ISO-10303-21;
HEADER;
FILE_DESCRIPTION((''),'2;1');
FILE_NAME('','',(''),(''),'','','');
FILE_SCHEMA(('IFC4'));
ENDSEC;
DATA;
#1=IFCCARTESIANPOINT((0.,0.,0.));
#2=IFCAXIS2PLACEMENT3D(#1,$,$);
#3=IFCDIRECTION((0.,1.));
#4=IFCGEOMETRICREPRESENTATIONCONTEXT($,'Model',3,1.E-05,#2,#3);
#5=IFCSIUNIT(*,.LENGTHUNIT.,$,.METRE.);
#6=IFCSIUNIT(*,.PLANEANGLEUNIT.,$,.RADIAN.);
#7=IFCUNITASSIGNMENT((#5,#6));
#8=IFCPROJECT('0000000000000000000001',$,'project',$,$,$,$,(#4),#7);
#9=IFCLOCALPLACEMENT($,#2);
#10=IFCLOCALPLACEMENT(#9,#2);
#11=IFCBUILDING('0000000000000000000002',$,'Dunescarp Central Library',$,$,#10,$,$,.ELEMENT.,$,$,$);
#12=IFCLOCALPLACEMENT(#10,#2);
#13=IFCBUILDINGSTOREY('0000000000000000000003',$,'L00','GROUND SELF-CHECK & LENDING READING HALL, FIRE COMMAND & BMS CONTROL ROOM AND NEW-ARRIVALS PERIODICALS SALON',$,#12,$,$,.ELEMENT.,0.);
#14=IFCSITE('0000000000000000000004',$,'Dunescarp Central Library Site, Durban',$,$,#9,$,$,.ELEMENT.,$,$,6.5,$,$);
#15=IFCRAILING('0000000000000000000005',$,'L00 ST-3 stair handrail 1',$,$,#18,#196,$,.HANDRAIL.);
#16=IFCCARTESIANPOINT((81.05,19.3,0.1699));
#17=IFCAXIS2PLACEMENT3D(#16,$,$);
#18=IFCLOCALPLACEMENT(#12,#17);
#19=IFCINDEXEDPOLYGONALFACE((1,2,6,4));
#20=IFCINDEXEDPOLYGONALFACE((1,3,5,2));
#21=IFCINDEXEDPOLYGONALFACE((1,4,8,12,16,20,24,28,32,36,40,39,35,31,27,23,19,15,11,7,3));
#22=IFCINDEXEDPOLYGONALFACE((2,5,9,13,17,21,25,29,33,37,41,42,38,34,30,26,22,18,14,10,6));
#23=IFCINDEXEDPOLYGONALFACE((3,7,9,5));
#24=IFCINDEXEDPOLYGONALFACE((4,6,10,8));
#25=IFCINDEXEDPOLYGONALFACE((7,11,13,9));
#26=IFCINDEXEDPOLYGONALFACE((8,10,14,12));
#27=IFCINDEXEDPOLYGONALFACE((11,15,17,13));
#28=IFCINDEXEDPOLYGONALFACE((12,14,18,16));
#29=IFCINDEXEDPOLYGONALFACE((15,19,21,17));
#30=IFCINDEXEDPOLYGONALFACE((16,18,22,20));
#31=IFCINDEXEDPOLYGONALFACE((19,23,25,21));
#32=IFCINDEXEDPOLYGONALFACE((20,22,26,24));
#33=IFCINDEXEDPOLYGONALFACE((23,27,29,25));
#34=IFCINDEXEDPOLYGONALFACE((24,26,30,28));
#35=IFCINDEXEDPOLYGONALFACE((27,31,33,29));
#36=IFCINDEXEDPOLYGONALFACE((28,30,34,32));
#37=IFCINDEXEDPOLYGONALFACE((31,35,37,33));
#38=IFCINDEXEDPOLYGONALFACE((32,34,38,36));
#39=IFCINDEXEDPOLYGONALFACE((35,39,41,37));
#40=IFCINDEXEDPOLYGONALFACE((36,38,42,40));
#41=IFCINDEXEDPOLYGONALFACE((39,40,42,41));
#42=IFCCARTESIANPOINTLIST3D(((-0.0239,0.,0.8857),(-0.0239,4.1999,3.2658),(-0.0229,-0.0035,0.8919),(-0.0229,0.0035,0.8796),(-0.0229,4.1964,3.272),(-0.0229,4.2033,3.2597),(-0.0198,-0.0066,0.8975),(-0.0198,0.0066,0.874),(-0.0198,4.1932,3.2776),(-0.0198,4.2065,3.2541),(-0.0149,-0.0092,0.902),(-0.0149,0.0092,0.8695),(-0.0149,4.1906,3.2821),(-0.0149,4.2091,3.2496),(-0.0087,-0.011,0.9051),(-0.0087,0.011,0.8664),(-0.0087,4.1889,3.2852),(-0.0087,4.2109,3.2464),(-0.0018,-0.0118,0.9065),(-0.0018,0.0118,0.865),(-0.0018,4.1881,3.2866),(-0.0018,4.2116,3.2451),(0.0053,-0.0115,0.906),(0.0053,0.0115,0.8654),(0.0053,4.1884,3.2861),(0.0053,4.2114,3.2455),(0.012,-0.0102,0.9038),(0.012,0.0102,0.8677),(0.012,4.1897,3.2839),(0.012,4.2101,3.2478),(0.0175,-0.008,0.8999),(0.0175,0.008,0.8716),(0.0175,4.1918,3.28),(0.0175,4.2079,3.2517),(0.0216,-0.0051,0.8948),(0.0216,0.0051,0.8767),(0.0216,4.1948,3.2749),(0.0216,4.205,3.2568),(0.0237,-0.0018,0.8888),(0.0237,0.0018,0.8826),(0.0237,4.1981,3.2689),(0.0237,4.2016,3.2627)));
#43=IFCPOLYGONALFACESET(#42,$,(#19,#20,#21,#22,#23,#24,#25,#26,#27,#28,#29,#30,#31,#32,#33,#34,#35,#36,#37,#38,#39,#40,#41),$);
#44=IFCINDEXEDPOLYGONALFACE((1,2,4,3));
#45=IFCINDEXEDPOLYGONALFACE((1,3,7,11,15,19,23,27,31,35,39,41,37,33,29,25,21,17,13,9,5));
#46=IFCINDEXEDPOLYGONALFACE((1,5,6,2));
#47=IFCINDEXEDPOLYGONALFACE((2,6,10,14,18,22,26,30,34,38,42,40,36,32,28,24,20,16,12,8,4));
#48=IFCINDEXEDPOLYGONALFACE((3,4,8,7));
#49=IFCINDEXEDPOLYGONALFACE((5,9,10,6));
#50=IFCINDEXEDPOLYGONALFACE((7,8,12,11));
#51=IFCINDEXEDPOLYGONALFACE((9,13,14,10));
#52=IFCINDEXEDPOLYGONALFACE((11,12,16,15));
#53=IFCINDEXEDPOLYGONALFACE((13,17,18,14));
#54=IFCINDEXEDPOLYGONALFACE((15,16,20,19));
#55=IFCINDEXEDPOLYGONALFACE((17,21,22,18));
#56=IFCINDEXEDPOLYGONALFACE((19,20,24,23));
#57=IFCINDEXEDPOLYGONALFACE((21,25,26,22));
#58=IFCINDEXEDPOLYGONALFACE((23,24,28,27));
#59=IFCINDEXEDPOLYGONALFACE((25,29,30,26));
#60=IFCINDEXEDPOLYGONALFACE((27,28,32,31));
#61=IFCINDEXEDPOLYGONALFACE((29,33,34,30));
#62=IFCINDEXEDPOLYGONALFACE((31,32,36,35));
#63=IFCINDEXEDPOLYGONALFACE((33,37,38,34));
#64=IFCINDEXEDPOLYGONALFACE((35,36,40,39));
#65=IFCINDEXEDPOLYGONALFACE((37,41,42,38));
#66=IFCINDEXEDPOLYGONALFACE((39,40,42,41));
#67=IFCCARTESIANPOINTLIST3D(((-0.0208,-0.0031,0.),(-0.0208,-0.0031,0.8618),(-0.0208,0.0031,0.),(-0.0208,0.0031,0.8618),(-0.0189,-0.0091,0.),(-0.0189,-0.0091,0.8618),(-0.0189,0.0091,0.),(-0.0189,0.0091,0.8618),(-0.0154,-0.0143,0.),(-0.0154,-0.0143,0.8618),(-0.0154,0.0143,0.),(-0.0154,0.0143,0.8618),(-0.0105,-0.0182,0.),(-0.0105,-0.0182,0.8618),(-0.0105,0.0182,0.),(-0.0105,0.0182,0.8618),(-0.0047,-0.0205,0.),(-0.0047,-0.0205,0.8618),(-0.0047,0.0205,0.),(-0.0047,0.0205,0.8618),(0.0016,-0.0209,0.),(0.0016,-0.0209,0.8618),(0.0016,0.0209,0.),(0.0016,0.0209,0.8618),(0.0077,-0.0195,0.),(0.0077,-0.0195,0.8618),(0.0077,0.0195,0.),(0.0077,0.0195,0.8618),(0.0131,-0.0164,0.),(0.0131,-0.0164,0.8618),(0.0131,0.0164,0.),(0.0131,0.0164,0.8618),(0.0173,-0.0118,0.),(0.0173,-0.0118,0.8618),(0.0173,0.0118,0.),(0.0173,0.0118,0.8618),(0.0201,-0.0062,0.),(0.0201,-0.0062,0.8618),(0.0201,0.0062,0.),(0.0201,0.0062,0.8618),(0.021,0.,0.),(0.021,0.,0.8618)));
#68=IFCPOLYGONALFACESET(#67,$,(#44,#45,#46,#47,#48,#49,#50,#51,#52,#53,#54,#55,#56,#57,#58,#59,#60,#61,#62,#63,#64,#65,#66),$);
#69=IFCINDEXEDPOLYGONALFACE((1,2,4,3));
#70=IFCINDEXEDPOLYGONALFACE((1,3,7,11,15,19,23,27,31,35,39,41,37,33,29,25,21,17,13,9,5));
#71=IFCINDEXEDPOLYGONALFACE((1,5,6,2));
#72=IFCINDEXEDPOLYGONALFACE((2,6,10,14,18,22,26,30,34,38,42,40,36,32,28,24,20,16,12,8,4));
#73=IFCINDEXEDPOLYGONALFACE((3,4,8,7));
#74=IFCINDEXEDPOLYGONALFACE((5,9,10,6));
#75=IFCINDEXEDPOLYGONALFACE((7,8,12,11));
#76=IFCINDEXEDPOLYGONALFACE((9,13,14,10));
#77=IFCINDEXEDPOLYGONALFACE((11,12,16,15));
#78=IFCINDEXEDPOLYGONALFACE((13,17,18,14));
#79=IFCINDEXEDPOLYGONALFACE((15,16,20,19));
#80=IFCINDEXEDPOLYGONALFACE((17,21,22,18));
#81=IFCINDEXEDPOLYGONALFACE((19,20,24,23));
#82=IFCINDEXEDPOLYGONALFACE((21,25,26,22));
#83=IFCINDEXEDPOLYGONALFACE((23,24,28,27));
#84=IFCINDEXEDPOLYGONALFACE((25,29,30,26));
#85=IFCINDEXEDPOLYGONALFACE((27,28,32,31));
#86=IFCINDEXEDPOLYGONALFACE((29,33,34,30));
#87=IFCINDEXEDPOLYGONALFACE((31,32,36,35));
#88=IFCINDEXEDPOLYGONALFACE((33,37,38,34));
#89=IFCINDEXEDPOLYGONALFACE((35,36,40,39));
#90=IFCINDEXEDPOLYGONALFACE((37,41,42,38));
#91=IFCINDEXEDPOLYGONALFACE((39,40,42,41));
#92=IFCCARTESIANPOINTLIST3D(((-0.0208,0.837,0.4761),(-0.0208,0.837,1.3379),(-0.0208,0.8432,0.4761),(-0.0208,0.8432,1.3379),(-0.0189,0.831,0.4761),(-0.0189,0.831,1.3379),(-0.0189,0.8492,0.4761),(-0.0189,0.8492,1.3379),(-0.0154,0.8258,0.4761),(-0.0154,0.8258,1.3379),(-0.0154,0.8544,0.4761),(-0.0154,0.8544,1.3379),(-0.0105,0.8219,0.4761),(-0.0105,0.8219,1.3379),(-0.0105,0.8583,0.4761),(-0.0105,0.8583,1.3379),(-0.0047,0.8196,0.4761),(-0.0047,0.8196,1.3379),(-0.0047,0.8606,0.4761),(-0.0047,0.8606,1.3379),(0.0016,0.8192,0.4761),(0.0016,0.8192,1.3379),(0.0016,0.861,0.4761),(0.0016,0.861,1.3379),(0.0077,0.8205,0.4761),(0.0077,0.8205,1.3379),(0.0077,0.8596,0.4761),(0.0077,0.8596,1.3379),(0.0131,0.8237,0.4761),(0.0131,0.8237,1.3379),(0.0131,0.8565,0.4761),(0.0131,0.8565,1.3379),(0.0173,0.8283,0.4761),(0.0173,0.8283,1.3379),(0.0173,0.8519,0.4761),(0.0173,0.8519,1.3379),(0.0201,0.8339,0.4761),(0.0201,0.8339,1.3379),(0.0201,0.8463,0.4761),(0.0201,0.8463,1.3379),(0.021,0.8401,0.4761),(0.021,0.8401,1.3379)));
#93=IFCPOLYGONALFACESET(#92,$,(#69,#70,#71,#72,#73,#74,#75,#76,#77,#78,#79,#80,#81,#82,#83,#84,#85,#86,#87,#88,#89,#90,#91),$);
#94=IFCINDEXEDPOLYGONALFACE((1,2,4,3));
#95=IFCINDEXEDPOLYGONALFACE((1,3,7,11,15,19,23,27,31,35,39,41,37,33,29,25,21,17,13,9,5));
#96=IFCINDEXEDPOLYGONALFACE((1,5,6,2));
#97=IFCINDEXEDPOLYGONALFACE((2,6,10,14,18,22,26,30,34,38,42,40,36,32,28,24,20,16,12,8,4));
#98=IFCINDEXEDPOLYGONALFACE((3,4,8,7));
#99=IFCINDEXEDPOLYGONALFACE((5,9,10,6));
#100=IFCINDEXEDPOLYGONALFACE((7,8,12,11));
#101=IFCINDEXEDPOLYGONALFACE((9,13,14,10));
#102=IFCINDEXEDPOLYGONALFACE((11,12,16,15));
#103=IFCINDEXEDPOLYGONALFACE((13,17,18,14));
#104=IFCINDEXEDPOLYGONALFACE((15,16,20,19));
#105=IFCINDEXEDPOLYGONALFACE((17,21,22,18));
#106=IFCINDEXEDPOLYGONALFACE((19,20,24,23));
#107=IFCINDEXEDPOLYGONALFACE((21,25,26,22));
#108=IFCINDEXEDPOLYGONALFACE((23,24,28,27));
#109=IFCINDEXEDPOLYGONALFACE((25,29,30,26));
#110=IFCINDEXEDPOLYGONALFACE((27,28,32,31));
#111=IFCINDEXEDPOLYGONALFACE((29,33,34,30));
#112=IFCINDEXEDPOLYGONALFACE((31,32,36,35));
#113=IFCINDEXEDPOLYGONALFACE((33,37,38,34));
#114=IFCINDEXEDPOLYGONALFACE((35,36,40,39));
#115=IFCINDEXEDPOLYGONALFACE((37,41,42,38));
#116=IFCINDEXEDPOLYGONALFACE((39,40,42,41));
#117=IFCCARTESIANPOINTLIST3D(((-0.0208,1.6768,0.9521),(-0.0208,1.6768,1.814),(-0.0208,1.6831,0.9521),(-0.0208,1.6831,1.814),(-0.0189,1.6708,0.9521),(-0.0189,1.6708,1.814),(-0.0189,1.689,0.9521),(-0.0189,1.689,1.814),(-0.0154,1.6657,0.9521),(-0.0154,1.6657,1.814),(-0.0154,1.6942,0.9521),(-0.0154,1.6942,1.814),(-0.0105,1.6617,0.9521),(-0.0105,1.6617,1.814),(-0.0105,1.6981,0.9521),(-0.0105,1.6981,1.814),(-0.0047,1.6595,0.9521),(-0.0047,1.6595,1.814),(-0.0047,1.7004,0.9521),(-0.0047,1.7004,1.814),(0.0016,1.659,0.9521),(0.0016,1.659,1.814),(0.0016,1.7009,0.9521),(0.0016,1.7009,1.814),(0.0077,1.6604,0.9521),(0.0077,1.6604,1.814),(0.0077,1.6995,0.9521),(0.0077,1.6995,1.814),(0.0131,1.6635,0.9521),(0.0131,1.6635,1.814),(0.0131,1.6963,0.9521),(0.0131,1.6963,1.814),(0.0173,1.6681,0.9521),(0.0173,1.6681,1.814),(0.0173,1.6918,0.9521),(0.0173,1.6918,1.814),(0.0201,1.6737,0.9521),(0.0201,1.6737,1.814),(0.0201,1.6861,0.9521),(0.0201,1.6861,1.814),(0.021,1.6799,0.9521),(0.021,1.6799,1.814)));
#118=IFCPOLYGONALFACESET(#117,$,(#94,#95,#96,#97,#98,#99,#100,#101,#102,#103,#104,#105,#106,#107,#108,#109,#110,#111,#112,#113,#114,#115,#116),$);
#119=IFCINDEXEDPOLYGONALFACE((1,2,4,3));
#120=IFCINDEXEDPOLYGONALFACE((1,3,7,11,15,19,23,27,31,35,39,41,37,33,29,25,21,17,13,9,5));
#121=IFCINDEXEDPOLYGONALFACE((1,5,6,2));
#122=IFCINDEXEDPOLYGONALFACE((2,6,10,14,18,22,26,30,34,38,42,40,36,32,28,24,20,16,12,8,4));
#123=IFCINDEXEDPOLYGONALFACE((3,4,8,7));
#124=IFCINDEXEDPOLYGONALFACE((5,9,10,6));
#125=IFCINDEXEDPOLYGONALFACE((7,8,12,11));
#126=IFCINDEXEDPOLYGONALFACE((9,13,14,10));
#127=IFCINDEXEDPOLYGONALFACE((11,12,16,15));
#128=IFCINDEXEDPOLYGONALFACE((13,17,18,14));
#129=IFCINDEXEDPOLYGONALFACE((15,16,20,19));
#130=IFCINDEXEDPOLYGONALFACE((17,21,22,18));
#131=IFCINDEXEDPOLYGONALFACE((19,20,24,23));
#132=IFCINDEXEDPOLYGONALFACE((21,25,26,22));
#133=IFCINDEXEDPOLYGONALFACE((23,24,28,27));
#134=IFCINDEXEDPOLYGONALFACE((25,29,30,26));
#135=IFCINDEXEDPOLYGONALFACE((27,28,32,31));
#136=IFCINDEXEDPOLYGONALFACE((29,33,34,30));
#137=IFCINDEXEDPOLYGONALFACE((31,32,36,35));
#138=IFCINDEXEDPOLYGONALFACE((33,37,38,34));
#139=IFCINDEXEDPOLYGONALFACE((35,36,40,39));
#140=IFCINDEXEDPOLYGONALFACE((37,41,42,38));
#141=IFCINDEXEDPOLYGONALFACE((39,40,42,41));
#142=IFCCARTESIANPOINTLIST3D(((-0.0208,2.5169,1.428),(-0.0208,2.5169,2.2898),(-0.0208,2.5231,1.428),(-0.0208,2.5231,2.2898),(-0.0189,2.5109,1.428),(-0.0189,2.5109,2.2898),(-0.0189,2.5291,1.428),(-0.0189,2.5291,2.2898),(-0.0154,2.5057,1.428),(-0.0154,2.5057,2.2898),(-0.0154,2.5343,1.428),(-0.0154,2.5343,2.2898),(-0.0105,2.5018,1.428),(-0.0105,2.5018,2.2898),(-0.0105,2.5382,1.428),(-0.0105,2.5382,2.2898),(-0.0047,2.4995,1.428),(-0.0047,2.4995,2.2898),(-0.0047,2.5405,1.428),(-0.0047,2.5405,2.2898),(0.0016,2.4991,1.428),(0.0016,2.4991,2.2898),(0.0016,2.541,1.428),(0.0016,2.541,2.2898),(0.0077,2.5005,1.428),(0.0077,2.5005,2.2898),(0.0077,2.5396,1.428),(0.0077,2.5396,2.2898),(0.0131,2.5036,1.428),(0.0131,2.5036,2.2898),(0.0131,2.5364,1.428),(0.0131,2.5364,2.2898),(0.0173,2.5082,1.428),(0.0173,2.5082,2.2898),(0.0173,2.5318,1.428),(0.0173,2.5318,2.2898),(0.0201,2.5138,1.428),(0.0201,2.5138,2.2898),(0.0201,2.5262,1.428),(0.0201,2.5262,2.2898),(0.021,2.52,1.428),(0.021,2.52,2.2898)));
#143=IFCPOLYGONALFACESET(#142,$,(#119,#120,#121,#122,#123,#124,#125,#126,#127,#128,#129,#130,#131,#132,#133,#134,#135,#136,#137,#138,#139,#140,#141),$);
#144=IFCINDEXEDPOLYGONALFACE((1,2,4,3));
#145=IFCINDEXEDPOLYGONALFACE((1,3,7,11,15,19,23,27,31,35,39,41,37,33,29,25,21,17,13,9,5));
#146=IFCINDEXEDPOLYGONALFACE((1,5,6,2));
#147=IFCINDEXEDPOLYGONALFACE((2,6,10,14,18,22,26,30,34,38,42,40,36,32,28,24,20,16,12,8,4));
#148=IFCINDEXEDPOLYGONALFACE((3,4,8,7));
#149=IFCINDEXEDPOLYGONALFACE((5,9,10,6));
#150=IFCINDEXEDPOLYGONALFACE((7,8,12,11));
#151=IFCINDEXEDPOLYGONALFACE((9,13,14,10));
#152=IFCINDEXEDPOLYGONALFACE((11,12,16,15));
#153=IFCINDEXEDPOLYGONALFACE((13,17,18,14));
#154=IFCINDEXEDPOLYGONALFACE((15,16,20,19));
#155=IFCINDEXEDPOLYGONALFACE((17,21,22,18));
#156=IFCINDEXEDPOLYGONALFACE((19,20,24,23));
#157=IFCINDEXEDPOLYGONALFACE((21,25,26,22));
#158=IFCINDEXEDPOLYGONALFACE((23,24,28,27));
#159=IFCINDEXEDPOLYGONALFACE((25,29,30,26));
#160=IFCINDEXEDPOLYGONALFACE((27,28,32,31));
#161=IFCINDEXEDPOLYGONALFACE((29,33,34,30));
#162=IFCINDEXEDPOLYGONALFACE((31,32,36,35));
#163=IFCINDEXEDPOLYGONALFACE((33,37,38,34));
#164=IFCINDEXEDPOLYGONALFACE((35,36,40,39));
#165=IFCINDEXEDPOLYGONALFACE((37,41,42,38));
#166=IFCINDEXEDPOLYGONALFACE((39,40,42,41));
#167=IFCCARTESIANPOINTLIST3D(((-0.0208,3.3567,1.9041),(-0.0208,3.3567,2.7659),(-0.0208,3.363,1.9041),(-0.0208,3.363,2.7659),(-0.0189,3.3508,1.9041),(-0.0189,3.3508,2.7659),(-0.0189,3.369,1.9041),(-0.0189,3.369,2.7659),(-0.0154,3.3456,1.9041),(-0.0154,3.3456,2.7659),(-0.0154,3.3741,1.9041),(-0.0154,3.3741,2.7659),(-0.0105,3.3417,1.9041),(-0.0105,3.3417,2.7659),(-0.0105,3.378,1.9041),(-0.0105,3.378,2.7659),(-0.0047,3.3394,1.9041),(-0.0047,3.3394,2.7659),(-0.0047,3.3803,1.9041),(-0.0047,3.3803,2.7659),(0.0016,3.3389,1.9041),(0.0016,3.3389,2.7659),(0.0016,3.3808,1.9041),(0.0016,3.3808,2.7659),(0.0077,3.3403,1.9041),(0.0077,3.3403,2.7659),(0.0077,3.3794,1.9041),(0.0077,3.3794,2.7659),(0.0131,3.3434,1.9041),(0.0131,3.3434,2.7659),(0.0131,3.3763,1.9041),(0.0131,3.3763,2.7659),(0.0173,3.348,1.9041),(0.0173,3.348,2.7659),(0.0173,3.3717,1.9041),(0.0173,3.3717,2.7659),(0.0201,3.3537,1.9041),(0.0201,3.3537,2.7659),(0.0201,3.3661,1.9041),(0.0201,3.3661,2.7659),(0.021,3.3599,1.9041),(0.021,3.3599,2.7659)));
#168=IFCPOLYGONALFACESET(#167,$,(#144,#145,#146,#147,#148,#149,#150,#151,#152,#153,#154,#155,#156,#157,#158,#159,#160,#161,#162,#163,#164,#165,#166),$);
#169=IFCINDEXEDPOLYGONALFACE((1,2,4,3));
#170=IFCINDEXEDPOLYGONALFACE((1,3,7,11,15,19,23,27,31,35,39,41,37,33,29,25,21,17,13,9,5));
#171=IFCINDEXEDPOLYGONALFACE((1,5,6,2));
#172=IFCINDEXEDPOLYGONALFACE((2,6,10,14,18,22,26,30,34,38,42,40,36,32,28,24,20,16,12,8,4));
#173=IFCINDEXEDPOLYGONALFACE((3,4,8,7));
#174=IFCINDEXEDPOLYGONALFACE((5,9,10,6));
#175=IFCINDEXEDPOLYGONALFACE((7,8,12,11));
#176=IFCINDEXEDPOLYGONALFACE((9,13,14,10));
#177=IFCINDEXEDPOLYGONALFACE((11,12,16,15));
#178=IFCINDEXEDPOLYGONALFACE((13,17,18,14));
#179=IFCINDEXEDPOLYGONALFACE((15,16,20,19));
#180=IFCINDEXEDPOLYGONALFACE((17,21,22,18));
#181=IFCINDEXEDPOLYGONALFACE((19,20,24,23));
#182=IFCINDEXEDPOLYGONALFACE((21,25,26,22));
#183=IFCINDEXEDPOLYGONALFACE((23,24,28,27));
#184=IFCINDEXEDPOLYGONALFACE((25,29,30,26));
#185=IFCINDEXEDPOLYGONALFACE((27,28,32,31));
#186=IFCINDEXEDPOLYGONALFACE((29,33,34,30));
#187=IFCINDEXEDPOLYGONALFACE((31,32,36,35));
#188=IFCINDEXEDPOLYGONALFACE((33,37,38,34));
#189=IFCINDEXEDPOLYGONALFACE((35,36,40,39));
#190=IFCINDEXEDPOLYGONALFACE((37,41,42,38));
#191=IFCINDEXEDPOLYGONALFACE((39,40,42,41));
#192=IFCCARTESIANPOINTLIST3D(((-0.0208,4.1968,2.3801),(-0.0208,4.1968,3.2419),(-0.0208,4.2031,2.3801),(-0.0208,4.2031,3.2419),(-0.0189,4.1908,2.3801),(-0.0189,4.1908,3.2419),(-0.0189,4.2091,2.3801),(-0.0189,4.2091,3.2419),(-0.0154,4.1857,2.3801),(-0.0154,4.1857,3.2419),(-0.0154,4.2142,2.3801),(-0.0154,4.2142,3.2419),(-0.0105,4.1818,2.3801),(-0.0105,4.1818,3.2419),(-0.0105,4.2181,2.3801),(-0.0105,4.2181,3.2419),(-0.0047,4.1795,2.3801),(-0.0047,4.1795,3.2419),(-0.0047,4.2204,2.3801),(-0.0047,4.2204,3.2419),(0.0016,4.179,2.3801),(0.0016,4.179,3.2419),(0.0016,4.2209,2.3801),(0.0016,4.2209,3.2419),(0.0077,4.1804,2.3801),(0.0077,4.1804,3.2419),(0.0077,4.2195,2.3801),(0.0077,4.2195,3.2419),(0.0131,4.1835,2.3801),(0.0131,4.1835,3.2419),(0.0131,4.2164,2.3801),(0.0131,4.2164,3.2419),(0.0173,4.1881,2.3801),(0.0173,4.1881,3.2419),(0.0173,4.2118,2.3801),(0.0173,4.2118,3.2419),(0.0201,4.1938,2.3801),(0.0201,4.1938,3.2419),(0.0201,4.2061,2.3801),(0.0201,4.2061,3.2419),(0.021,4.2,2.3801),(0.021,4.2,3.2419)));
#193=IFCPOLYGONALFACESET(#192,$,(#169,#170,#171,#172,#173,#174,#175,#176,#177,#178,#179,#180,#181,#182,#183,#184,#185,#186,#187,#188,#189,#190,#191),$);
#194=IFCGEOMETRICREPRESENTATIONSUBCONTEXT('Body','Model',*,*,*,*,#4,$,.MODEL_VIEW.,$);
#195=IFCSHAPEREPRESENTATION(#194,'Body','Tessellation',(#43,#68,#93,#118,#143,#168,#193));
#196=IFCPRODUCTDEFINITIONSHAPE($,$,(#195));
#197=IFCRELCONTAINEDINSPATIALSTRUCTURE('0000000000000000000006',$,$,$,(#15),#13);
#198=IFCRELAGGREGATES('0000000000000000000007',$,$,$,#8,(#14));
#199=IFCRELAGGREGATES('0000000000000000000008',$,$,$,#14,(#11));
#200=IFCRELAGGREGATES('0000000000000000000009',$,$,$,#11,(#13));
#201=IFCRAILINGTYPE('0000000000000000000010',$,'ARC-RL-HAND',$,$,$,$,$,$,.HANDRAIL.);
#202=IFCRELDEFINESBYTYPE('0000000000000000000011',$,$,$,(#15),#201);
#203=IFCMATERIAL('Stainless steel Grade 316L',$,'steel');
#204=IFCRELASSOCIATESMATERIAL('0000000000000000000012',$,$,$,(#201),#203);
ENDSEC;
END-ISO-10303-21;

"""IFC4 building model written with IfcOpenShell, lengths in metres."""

from ifc_helpers import new_model, si_unit, direction, frame, origin, origin_2d, place, context, subcontext, project, spatial, circle, extrude, material, type_object, element, save


model = new_model("IFC4")

# Units and contexts
model_context = context("Model", 3, precision=1e-05, world=origin(), true_north=direction((0.0, 1.0)))
body_context = subcontext(model_context, "Body", "Model", "MODEL_VIEW")
ifc_project = project(units=[si_unit("LENGTHUNIT", "METRE"), si_unit("PLANEANGLEUNIT", "RADIAN")], contexts=[model_context])

# Site, building, storey
site_placement = place(None, origin())
site = spatial("IfcSite", under=ifc_project, at=site_placement, Name="Dunescarp Central Library Site, Durban", CompositionType="ELEMENT", RefElevation=6.5)
building_placement = place(site_placement, origin())
building = spatial("IfcBuilding", under=site, at=building_placement, Name="Dunescarp Central Library", CompositionType="ELEMENT")
storey_placement = place(building_placement, origin())
storey = spatial("IfcBuildingStorey", under=building, at=storey_placement, Name="L00", Description="GROUND SELF-CHECK & LENDING READING HALL, FIRE COMMAND & BMS CONTROL ROOM AND NEW-ARRIVALS PERIODICALS SALON", CompositionType="ELEMENT", Elevation=0.0)

# Railing
ifc_material_1 = material(Name="Stainless steel Grade 316L", Category="steel")
railing_type_1 = type_object("IfcRailingType", Name="ARC-RL-HAND", PredefinedType="HANDRAIL", material=ifc_material_1)
railing_1_placement = place(storey_placement, frame((81.05, 19.3, 0.1699)))
element("IfcRailing", 1, at=railing_1_placement, inside=storey, type_object=railing_type_1, Name="L00 ST-3 stair handrail 1", PredefinedType="HANDRAIL", context=body_context, shape_type="SweptSolid", body=[
    extrude(circle(Radius=0.0239, at=origin_2d()), frame((0.0, 0.0, 0.8857), z_axis=(0.0, 0.870008, 0.493037), x_axis=(-1.0, 0.0, 0.0)), (0.0, 0.0, 1.0), 4.8274),
    extrude(circle(Radius=0.021, at=origin_2d()), origin(), (0.0, 0.0, 1.0), 0.8618),
    extrude(circle(Radius=0.021, at=origin_2d()), frame((0.0, 0.8401, 0.4761)), (0.0, 0.0, 1.0), 0.8618),
    extrude(circle(Radius=0.021, at=origin_2d()), frame((0.0, 1.6799, 0.9521)), (0.0, 0.0, 1.0), 0.8618),
    extrude(circle(Radius=0.021, at=origin_2d()), frame((0.0, 2.52, 1.428)), (0.0, 0.0, 1.0), 0.8618),
    extrude(circle(Radius=0.021, at=origin_2d()), frame((0.0, 3.3599, 1.9041)), (0.0, 0.0, 1.0), 0.8618),
    extrude(circle(Radius=0.021, at=origin_2d()), frame((0.0, 4.2, 2.3801)), (0.0, 0.0, 1.0), 0.8618),
])

save(model, "model.ifc")
